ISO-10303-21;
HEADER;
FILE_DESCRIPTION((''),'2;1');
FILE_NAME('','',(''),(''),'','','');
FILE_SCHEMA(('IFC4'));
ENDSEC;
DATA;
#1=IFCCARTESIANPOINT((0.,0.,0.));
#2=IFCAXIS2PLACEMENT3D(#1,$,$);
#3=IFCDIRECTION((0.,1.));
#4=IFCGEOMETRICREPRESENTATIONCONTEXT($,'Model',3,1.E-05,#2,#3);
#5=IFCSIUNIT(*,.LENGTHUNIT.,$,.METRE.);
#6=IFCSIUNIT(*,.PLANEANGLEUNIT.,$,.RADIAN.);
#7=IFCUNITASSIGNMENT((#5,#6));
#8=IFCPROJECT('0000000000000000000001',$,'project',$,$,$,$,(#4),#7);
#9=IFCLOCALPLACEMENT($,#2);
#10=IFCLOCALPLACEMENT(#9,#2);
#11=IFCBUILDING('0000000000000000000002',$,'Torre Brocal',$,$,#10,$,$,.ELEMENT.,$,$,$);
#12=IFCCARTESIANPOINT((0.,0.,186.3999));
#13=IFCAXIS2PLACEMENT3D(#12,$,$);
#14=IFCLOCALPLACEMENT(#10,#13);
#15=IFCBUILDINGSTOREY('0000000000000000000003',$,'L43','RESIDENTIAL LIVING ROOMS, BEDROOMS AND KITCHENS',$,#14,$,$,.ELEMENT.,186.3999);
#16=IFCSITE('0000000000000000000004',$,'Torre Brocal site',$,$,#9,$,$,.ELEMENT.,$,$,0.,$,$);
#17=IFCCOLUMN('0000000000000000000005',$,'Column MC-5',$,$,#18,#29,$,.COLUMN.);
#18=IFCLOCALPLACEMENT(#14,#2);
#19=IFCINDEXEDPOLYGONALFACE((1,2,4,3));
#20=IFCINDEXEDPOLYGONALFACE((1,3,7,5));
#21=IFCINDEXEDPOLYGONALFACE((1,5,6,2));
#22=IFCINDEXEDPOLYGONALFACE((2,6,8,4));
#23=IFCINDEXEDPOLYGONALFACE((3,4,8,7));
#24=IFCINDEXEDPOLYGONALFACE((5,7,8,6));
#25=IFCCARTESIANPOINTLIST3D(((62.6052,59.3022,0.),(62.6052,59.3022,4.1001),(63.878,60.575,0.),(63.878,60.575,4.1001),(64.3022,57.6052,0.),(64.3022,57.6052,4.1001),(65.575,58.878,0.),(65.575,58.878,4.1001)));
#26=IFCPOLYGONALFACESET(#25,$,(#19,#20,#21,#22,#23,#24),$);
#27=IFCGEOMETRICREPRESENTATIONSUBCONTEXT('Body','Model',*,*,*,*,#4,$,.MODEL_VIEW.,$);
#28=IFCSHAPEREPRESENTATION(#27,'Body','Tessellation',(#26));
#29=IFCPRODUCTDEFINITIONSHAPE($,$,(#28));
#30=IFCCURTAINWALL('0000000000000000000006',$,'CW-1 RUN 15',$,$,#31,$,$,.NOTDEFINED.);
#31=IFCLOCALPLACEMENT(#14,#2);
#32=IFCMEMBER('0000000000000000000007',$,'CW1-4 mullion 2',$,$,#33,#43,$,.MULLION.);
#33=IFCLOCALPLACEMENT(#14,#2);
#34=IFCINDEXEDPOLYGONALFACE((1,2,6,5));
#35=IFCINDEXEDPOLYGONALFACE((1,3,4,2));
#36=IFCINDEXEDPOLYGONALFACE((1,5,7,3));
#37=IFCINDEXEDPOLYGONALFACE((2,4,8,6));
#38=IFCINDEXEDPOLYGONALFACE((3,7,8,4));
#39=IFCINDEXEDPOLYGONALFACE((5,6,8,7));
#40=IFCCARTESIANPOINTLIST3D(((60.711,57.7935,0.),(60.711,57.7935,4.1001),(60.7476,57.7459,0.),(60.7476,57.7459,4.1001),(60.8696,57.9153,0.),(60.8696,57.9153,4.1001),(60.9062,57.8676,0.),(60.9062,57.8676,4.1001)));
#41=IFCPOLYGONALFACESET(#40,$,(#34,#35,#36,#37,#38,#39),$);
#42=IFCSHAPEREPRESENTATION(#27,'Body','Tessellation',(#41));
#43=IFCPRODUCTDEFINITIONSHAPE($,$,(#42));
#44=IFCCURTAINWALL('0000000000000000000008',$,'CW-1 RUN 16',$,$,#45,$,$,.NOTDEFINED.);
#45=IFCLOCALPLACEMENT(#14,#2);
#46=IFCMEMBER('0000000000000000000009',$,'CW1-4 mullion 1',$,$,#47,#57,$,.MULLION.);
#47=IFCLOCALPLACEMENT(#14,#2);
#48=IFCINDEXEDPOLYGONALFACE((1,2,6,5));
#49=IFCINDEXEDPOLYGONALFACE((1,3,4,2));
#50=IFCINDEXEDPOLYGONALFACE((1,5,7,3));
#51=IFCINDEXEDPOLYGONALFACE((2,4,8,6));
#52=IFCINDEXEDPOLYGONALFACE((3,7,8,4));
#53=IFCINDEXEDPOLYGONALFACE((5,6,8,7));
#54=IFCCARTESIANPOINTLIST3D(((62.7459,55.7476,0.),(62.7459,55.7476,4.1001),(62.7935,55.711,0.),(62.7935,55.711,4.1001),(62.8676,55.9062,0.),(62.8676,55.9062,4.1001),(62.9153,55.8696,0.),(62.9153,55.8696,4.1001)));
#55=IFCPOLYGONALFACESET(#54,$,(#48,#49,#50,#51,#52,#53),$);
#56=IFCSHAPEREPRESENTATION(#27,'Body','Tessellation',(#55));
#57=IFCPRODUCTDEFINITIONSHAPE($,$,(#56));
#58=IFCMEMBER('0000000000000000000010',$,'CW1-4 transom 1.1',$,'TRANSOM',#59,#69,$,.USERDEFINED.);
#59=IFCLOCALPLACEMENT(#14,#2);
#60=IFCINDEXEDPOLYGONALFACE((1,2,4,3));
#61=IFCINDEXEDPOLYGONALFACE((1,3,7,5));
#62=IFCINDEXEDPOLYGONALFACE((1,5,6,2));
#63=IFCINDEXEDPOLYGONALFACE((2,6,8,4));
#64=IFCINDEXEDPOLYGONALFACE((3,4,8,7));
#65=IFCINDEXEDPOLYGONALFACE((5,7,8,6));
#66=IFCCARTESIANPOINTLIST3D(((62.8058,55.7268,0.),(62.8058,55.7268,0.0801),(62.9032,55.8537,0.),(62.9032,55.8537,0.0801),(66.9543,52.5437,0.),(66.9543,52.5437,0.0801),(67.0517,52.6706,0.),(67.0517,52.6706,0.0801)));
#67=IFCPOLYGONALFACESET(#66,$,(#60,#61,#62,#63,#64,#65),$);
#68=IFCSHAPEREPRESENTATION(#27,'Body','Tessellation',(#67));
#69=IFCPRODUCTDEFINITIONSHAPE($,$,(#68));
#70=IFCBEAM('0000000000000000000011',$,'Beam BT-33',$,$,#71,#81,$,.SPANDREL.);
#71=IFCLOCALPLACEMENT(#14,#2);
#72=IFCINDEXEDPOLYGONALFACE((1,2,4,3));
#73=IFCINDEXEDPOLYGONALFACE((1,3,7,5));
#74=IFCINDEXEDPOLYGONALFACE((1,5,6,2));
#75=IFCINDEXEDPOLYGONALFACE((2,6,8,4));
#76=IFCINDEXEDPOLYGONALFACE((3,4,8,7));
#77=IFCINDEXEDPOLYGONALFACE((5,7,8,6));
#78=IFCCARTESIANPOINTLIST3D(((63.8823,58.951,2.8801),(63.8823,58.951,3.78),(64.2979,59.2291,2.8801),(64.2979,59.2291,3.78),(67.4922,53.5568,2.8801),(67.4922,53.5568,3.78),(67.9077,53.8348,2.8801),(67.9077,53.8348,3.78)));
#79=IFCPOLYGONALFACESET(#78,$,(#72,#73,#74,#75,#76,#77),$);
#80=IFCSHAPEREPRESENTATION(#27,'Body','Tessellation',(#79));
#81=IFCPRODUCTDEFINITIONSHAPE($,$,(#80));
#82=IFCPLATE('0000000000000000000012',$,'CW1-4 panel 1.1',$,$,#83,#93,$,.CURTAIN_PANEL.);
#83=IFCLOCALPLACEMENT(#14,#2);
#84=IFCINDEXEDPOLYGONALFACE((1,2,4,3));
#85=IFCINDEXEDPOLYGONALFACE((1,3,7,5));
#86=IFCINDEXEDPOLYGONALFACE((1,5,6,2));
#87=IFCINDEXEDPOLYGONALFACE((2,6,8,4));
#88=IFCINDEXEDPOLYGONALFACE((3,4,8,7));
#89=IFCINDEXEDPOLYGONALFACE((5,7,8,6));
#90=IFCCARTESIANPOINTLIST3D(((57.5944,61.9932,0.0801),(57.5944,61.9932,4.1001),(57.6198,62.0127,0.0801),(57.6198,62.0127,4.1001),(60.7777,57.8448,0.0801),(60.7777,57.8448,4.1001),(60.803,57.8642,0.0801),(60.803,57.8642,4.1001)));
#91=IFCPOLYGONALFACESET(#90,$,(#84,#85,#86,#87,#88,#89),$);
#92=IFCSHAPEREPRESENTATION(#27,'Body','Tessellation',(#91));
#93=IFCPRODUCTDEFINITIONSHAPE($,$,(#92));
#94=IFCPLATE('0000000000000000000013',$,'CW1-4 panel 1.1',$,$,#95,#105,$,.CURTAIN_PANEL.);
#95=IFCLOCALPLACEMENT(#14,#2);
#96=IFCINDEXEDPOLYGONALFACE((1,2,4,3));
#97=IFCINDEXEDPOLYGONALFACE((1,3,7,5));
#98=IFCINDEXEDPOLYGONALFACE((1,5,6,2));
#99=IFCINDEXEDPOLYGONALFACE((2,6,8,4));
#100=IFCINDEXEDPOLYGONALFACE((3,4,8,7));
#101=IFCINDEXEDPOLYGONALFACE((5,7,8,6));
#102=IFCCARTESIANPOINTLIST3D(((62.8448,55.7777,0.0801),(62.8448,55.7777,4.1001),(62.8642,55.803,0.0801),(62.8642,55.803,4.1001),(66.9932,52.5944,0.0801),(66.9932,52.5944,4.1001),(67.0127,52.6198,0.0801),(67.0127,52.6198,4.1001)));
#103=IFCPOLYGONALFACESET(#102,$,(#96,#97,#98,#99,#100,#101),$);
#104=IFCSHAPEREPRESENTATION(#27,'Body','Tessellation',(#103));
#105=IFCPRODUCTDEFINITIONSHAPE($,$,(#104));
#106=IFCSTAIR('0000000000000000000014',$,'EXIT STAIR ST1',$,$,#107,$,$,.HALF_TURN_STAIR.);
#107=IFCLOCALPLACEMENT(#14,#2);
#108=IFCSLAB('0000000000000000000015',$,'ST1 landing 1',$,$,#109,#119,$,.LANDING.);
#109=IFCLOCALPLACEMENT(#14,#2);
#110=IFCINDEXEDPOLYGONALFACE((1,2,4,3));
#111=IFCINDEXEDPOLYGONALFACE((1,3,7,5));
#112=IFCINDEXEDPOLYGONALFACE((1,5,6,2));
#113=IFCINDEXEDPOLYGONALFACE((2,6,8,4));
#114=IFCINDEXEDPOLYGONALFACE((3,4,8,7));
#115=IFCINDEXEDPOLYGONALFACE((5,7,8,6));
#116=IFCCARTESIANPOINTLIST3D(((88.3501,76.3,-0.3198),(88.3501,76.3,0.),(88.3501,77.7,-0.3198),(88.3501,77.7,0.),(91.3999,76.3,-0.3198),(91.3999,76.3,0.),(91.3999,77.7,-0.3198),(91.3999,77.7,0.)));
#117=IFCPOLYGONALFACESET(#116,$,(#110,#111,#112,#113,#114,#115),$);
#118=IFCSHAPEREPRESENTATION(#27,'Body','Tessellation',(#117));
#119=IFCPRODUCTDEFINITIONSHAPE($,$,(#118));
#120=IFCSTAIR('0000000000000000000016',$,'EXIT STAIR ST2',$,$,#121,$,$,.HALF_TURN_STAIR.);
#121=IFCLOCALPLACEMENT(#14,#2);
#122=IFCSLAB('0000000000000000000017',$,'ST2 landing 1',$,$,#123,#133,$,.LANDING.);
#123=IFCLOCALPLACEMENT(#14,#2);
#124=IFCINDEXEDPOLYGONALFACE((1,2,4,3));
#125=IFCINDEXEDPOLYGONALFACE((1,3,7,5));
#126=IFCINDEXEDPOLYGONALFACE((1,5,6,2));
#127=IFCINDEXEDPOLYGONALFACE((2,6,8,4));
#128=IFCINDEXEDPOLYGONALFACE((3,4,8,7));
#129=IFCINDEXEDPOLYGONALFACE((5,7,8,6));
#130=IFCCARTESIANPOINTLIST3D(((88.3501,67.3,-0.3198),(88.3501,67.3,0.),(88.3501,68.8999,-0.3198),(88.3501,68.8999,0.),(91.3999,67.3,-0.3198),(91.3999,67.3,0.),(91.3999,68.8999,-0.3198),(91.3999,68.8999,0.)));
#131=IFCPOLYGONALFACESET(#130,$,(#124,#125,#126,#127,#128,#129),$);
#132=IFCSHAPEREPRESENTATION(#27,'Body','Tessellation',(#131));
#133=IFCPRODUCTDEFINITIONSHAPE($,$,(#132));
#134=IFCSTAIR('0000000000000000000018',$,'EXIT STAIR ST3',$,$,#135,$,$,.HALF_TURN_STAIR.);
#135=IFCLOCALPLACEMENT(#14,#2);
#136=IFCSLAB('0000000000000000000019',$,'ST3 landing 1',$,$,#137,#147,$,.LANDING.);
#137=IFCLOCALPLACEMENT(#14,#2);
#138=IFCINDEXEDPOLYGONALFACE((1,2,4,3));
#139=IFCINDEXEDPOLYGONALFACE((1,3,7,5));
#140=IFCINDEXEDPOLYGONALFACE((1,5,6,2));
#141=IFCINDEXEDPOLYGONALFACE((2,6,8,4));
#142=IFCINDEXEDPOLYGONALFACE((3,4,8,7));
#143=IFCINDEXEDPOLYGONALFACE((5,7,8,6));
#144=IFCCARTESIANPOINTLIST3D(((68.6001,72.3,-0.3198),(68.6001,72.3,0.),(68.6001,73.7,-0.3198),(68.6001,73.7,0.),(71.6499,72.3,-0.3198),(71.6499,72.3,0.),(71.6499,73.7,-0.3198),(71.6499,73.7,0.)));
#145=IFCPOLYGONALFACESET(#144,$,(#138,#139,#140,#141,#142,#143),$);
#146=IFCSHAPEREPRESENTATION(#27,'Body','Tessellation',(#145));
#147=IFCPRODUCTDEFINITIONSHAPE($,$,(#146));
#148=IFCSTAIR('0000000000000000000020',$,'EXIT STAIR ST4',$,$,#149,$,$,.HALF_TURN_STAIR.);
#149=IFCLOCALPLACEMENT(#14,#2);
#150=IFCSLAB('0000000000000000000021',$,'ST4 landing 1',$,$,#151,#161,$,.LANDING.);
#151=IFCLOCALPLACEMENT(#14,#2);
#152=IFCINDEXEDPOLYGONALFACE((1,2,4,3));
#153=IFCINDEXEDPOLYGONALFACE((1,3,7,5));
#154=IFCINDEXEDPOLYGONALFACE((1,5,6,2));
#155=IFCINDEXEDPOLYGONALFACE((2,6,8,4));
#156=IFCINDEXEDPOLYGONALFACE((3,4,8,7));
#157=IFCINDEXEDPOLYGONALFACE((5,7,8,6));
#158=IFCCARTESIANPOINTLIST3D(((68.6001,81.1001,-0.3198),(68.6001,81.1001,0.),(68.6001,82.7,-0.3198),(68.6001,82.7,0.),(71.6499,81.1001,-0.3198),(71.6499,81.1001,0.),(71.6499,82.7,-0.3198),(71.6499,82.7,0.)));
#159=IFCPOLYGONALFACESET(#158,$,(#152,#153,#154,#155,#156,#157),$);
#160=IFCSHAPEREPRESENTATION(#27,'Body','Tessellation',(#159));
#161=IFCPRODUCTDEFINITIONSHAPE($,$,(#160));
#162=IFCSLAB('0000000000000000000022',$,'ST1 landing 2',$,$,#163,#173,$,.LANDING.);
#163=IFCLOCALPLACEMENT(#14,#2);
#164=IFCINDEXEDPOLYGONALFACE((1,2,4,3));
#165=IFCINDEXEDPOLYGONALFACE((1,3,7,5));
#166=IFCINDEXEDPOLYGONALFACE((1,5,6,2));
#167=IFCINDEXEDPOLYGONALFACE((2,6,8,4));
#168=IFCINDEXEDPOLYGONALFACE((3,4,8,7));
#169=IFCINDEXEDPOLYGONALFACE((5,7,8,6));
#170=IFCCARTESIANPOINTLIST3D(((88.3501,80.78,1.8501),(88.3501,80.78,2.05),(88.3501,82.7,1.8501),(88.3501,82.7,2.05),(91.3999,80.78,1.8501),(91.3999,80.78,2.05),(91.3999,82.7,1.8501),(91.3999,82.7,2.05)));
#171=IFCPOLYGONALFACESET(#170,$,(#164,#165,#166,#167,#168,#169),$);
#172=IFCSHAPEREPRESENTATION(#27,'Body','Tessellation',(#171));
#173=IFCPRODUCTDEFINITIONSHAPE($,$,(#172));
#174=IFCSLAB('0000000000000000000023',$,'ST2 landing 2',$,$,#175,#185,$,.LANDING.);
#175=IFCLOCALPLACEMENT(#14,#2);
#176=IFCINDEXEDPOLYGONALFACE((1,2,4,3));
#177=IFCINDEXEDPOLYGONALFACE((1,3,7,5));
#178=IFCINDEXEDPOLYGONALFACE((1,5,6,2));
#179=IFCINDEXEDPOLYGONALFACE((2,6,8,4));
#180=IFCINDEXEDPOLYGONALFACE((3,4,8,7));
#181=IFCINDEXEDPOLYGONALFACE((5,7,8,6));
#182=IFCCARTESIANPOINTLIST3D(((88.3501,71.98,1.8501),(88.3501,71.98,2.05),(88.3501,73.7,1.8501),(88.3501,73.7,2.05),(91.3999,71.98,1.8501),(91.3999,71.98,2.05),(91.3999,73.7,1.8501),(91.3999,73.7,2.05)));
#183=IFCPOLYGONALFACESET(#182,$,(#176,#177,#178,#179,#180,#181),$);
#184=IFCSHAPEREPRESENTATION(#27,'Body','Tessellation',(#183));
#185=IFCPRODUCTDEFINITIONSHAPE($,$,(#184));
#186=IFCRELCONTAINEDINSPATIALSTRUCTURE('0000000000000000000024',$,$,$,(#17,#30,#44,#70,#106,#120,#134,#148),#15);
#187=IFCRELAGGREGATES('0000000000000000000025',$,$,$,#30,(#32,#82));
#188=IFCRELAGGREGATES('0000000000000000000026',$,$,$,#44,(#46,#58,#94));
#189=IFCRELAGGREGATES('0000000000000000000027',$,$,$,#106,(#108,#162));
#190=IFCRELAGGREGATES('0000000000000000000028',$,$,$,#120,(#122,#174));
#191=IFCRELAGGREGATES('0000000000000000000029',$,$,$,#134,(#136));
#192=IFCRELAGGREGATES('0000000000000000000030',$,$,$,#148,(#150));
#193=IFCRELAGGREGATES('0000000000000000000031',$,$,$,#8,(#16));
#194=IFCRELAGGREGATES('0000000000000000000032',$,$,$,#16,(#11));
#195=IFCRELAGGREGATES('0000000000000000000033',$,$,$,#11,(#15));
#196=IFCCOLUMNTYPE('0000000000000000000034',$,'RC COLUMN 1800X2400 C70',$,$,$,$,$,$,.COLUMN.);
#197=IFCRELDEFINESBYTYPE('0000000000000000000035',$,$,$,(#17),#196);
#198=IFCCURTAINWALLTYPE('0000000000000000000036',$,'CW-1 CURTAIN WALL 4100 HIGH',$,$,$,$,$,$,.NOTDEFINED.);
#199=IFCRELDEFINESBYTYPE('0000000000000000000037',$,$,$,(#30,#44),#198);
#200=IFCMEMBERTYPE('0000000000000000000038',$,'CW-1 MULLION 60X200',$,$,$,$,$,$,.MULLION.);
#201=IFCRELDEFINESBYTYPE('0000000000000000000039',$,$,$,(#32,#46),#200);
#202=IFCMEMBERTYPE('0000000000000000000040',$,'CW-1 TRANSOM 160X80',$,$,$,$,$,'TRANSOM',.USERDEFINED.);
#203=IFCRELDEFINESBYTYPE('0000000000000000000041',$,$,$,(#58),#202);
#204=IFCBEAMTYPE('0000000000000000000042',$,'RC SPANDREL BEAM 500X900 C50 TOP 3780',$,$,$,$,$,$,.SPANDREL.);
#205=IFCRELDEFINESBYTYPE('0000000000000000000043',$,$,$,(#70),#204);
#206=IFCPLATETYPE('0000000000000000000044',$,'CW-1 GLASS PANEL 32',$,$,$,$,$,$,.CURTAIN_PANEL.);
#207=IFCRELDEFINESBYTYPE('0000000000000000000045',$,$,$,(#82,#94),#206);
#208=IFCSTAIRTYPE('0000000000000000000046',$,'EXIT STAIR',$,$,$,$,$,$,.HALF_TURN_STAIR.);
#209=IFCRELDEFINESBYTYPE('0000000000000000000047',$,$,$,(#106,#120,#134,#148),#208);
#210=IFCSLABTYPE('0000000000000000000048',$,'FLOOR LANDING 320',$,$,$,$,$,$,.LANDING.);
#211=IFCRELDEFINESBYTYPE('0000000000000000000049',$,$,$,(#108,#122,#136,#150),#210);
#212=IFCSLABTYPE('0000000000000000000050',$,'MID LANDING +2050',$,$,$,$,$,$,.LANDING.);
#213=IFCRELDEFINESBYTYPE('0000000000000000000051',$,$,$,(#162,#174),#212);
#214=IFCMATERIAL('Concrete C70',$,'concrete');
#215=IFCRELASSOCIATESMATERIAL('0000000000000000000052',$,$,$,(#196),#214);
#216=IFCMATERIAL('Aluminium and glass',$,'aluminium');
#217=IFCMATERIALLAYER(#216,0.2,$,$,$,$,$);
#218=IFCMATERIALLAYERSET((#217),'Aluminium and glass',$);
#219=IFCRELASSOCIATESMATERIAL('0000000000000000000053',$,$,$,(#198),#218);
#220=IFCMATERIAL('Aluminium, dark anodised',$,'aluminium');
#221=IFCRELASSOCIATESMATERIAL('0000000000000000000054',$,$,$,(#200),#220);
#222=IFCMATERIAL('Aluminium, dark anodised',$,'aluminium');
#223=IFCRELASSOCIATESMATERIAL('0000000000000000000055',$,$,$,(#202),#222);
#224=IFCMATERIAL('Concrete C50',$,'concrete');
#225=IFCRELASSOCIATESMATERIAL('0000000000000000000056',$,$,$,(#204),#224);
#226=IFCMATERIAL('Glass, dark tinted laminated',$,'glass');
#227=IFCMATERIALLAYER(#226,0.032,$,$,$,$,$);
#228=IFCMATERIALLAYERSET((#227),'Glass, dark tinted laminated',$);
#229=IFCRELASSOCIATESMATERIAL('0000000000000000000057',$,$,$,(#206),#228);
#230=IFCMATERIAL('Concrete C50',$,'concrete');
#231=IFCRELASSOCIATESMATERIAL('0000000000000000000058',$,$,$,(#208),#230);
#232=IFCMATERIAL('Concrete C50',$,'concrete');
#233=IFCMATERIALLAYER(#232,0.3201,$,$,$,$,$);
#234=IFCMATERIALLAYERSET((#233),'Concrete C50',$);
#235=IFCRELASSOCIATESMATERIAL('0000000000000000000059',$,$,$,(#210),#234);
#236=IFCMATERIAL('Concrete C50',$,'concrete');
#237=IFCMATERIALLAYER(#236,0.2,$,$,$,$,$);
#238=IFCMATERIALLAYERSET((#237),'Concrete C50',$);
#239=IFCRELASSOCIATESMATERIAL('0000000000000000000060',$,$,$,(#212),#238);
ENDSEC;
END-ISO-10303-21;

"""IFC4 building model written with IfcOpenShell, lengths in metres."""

from ifc_helpers import new_model, si_unit, direction, frame, origin, origin_2d, place, context, subcontext, project, spatial, polyline, rectangle, outline, extrude, material, layer, layer_set, material_profile, profile_set, type_object, element, aggregate, save


model = new_model("IFC4")

# Units and contexts
model_context = context("Model", 3, precision=1e-05, world=origin(), true_north=direction((0.0, 1.0)))
body_context = subcontext(model_context, "Body", "Model", "MODEL_VIEW")
ifc_project = project(units=[si_unit("LENGTHUNIT", "METRE"), si_unit("PLANEANGLEUNIT", "RADIAN")], contexts=[model_context])

# Site, building, storey
site_placement = place(None, origin())
site = spatial("IfcSite", under=ifc_project, at=site_placement, Name="Torre Brocal site", CompositionType="ELEMENT", RefElevation=0.0)
building_placement = place(site_placement, origin())
building = spatial("IfcBuilding", under=site, at=building_placement, Name="Torre Brocal", CompositionType="ELEMENT")
storey_placement = place(building_placement, frame((0.0, 0.0, 186.3999)))
storey = spatial("IfcBuildingStorey", under=building, at=storey_placement, Name="L43", Description="RESIDENTIAL LIVING ROOMS, BEDROOMS AND KITCHENS", CompositionType="ELEMENT", Elevation=186.3999)

# Column
ifc_material_1 = material(Name="Concrete C70", Category="concrete")
ifc_material_profile_1 = material_profile(ifc_material_1, rectangle(XDim=1.8, YDim=2.3999, at=origin_2d()), Name="RC 1800X2400")
ifc_profile_set_1 = profile_set([ifc_material_profile_1], Name="Concrete C70")
column_type = type_object("IfcColumnType", Name="RC COLUMN 1800X2400 C70", PredefinedType="COLUMN", material=ifc_profile_set_1)
column_placement = place(storey_placement, frame((64.0901, 59.0901, 0.0), z_axis=(0.0, 0.0, 1.0), x_axis=(-0.707107, -0.707107, 0.0)))
element("IfcColumn", 1, at=column_placement, inside=storey, type_object=column_type, Name="Column MC-5", PredefinedType="COLUMN", context=body_context, shape_type="SweptSolid", body=[
    extrude(rectangle(XDim=1.8, YDim=2.3999, at=origin_2d()), origin(), (0.0, 0.0, 1.0), 4.1001),
])

# Curtain wall, member
ifc_material_2 = material(Name="Aluminium and glass", Category="aluminium")
ifc_layer_1 = layer(ifc_material_2, 0.2)
ifc_layer_set_1 = layer_set([ifc_layer_1], Name="Aluminium and glass")
curtain_wall_type = type_object("IfcCurtainWallType", Name="CW-1 CURTAIN WALL 4100 HIGH", PredefinedType="NOTDEFINED", material=ifc_layer_set_1)
curtain_wall_1_placement = place(storey_placement, origin())
curtain_wall_1 = element("IfcCurtainWall", 2, at=curtain_wall_1_placement, inside=storey, type_object=curtain_wall_type, Name="CW-1 RUN 15", PredefinedType="NOTDEFINED")
ifc_material_3 = material(Name="Aluminium, dark anodised", Category="aluminium")
ifc_material_profile_2 = material_profile(ifc_material_3, rectangle(XDim=0.2, YDim=0.0601, at=origin_2d()), Name="CW-1 MULLION 60X200")
ifc_profile_set_2 = profile_set([ifc_material_profile_2], Name="Aluminium, dark anodised")
member_type_1 = type_object("IfcMemberType", Name="CW-1 MULLION 60X200", PredefinedType="MULLION", material=ifc_profile_set_2)
member_1_placement = place(storey_placement, frame((60.8086, 57.8306, 0.0), z_axis=(0.0, 0.0, 1.0), x_axis=(0.793353, 0.608761, 0.0)))
member_1 = element("IfcMember", 3, at=member_1_placement, type_object=member_type_1, Name="CW1-4 mullion 2", PredefinedType="MULLION", context=body_context, shape_type="SweptSolid", body=[
    extrude(rectangle(XDim=0.2, YDim=0.0601, at=origin_2d()), origin(), (0.0, 0.0, 1.0), 4.1001),
])

# Curtain wall, members
curtain_wall_2_placement = place(storey_placement, origin())
curtain_wall_2 = element("IfcCurtainWall", 4, at=curtain_wall_2_placement, inside=storey, type_object=curtain_wall_type, Name="CW-1 RUN 16", PredefinedType="NOTDEFINED")
member_2_placement = place(storey_placement, frame((62.8306, 55.8086, 0.0), z_axis=(0.0, 0.0, 1.0), x_axis=(0.608761, 0.793353, 0.0)))
member_2 = element("IfcMember", 5, at=member_2_placement, type_object=member_type_1, Name="CW1-4 mullion 1", PredefinedType="MULLION", context=body_context, shape_type="SweptSolid", body=[
    extrude(rectangle(XDim=0.2, YDim=0.0601, at=origin_2d()), origin(), (0.0, 0.0, 1.0), 4.1001),
])
ifc_material_4 = material(Name="Aluminium, dark anodised", Category="aluminium")
ifc_material_profile_3 = material_profile(ifc_material_4, rectangle(XDim=0.1599, YDim=0.0801, at=origin_2d()), Name="CW-1 TRANSOM 160X80")
ifc_profile_set_3 = profile_set([ifc_material_profile_3], Name="Aluminium, dark anodised")
member_type_2 = type_object("IfcMemberType", Name="CW-1 TRANSOM 160X80", ElementType="TRANSOM", PredefinedType="USERDEFINED", material=ifc_profile_set_3)
member_3_placement = place(storey_placement, frame((62.8545, 55.7903, 0.04), z_axis=(0.793363, -0.608749, 0.0), x_axis=(0.608749, 0.793363, 0.0)))
member_3 = element("IfcMember", 6, at=member_3_placement, type_object=member_type_2, Name="CW1-4 transom 1.1", ObjectType="TRANSOM", PredefinedType="USERDEFINED", context=body_context, shape_type="SweptSolid", body=[
    extrude(rectangle(XDim=0.1599, YDim=0.0801, at=origin_2d()), origin(), (0.0, 0.0, 1.0), 5.229),
])

# Beam
ifc_material_5 = material(Name="Concrete C50", Category="concrete")
ifc_material_profile_4 = material_profile(ifc_material_5, rectangle(XDim=0.5, YDim=0.8999, at=origin_2d()), Name="RC 500X900")
ifc_profile_set_4 = profile_set([ifc_material_profile_4], Name="Concrete C50")
beam_type = type_object("IfcBeamType", Name="RC SPANDREL BEAM 500X900 C50 TOP 3780", PredefinedType="SPANDREL", material=ifc_profile_set_4)
beam_placement = place(storey_placement, frame((64.0901, 59.0901, 3.3301), z_axis=(0.556158, -0.831077, 0.0), x_axis=(0.831077, 0.556158, 0.0)))
element("IfcBeam", 7, at=beam_placement, inside=storey, type_object=beam_type, Name="Beam BT-33", PredefinedType="SPANDREL", context=body_context, shape_type="SweptSolid", body=[
    extrude(rectangle(XDim=0.5, YDim=0.8999, at=origin_2d()), origin(), (0.0, 0.0, 1.0), 6.4907),
])

# Plates
ifc_material_6 = material(Name="Glass, dark tinted laminated", Category="glass")
ifc_layer_2 = layer(ifc_material_6, 0.032)
ifc_layer_set_2 = layer_set([ifc_layer_2], Name="Glass, dark tinted laminated")
plate_type = type_object("IfcPlateType", Name="CW-1 GLASS PANEL 32", PredefinedType="CURTAIN_PANEL", material=ifc_layer_set_2)
plate_1_placement = place(storey_placement, frame((59.1987, 59.9287, 0.0801), z_axis=(0.0, 0.0, 1.0), x_axis=(0.608761, -0.793353, 0.0)))
plate_1 = element("IfcPlate", 8, at=plate_1_placement, type_object=plate_type, Name="CW1-4 panel 1.1", PredefinedType="CURTAIN_PANEL", context=body_context, shape_type="SweptSolid", body=[
    extrude(rectangle(XDim=5.229, YDim=0.032, at=origin_2d()), origin(), (0.0, 0.0, 1.0), 4.02),
])
aggregate(curtain_wall_1, [member_1, plate_1])
plate_2_placement = place(storey_placement, frame((64.9287, 54.1987, 0.0801), z_axis=(0.0, 0.0, 1.0), x_axis=(0.793353, -0.608761, 0.0)))
plate_2 = element("IfcPlate", 9, at=plate_2_placement, type_object=plate_type, Name="CW1-4 panel 1.1", PredefinedType="CURTAIN_PANEL", context=body_context, shape_type="SweptSolid", body=[
    extrude(rectangle(XDim=5.229, YDim=0.032, at=origin_2d()), origin(), (0.0, 0.0, 1.0), 4.02),
])
aggregate(curtain_wall_2, [member_2, member_3, plate_2])

# Stairs, slabs
ifc_material_7 = material(Name="Concrete C50", Category="concrete")
stair_type = type_object("IfcStairType", Name="EXIT STAIR", PredefinedType="HALF_TURN_STAIR", material=ifc_material_7)
stair_1_placement = place(storey_placement, origin())
stair_1 = element("IfcStair", 10, at=stair_1_placement, inside=storey, type_object=stair_type, Name="EXIT STAIR ST1", PredefinedType="HALF_TURN_STAIR")
ifc_material_8 = material(Name="Concrete C50", Category="concrete")
ifc_layer_3 = layer(ifc_material_8, 0.3201)
ifc_layer_set_3 = layer_set([ifc_layer_3], Name="Concrete C50")
slab_type_1 = type_object("IfcSlabType", Name="FLOOR LANDING 320", PredefinedType="LANDING", material=ifc_layer_set_3)
slab_1_placement = place(storey_placement, frame((0.0, 0.0, -0.3198)))
slab_1 = element("IfcSlab", 11, at=slab_1_placement, type_object=slab_type_1, Name="ST1 landing 1", PredefinedType="LANDING", context=body_context, shape_type="SweptSolid", body=[
    extrude(outline(polyline([(88.3501, 76.3), (91.3999, 76.3), (91.3999, 77.7), (88.3501, 77.7), (88.3501, 76.3)])), origin(), (0.0, 0.0, 1.0), 0.3198),
])
stair_2_placement = place(storey_placement, origin())
stair_2 = element("IfcStair", 12, at=stair_2_placement, inside=storey, type_object=stair_type, Name="EXIT STAIR ST2", PredefinedType="HALF_TURN_STAIR")
slab_2_placement = place(storey_placement, frame((0.0, 0.0, -0.3198)))
slab_2 = element("IfcSlab", 13, at=slab_2_placement, type_object=slab_type_1, Name="ST2 landing 1", PredefinedType="LANDING", context=body_context, shape_type="SweptSolid", body=[
    extrude(outline(polyline([(88.3501, 67.3), (91.3999, 67.3), (91.3999, 68.8999), (88.3501, 68.8999), (88.3501, 67.3)])), origin(), (0.0, 0.0, 1.0), 0.3198),
])
stair_3_placement = place(storey_placement, origin())
stair_3 = element("IfcStair", 14, at=stair_3_placement, inside=storey, type_object=stair_type, Name="EXIT STAIR ST3", PredefinedType="HALF_TURN_STAIR")
slab_3_placement = place(storey_placement, frame((0.0, 0.0, -0.3198)))
slab_3 = element("IfcSlab", 15, at=slab_3_placement, type_object=slab_type_1, Name="ST3 landing 1", PredefinedType="LANDING", context=body_context, shape_type="SweptSolid", body=[
    extrude(outline(polyline([(71.6499, 73.7), (68.6001, 73.7), (68.6001, 72.3), (71.6499, 72.3), (71.6499, 73.7)])), origin(), (0.0, 0.0, 1.0), 0.3198),
])
stair_4_placement = place(storey_placement, origin())
stair_4 = element("IfcStair", 16, at=stair_4_placement, inside=storey, type_object=stair_type, Name="EXIT STAIR ST4", PredefinedType="HALF_TURN_STAIR")
slab_4_placement = place(storey_placement, frame((0.0, 0.0, -0.3198)))
slab_4 = element("IfcSlab", 17, at=slab_4_placement, type_object=slab_type_1, Name="ST4 landing 1", PredefinedType="LANDING", context=body_context, shape_type="SweptSolid", body=[
    extrude(outline(polyline([(71.6499, 82.7), (68.6001, 82.7), (68.6001, 81.1001), (71.6499, 81.1001), (71.6499, 82.7)])), origin(), (0.0, 0.0, 1.0), 0.3198),
])

# Slabs
ifc_material_9 = material(Name="Concrete C50", Category="concrete")
ifc_layer_4 = layer(ifc_material_9, 0.2)
ifc_layer_set_4 = layer_set([ifc_layer_4], Name="Concrete C50")
slab_type_2 = type_object("IfcSlabType", Name="MID LANDING +2050", PredefinedType="LANDING", material=ifc_layer_set_4)
slab_5_placement = place(storey_placement, frame((0.0, 0.0, 1.8501)))
slab_5 = element("IfcSlab", 18, at=slab_5_placement, type_object=slab_type_2, Name="ST1 landing 2", PredefinedType="LANDING", context=body_context, shape_type="SweptSolid", body=[
    extrude(outline(polyline([(88.3501, 80.78), (91.3999, 80.78), (91.3999, 82.7), (88.3501, 82.7), (88.3501, 80.78)])), origin(), (0.0, 0.0, 1.0), 0.2),
])
aggregate(stair_1, [slab_1, slab_5])
slab_6_placement = place(storey_placement, frame((0.0, 0.0, 1.8501)))
slab_6 = element("IfcSlab", 19, at=slab_6_placement, type_object=slab_type_2, Name="ST2 landing 2", PredefinedType="LANDING", context=body_context, shape_type="SweptSolid", body=[
    extrude(outline(polyline([(88.3501, 71.98), (91.3999, 71.98), (91.3999, 73.7), (88.3501, 73.7), (88.3501, 71.98)])), origin(), (0.0, 0.0, 1.0), 0.2),
])
aggregate(stair_2, [slab_2, slab_6])
aggregate(stair_3, [slab_3])
aggregate(stair_4, [slab_4])

save(model, "model.ifc")
